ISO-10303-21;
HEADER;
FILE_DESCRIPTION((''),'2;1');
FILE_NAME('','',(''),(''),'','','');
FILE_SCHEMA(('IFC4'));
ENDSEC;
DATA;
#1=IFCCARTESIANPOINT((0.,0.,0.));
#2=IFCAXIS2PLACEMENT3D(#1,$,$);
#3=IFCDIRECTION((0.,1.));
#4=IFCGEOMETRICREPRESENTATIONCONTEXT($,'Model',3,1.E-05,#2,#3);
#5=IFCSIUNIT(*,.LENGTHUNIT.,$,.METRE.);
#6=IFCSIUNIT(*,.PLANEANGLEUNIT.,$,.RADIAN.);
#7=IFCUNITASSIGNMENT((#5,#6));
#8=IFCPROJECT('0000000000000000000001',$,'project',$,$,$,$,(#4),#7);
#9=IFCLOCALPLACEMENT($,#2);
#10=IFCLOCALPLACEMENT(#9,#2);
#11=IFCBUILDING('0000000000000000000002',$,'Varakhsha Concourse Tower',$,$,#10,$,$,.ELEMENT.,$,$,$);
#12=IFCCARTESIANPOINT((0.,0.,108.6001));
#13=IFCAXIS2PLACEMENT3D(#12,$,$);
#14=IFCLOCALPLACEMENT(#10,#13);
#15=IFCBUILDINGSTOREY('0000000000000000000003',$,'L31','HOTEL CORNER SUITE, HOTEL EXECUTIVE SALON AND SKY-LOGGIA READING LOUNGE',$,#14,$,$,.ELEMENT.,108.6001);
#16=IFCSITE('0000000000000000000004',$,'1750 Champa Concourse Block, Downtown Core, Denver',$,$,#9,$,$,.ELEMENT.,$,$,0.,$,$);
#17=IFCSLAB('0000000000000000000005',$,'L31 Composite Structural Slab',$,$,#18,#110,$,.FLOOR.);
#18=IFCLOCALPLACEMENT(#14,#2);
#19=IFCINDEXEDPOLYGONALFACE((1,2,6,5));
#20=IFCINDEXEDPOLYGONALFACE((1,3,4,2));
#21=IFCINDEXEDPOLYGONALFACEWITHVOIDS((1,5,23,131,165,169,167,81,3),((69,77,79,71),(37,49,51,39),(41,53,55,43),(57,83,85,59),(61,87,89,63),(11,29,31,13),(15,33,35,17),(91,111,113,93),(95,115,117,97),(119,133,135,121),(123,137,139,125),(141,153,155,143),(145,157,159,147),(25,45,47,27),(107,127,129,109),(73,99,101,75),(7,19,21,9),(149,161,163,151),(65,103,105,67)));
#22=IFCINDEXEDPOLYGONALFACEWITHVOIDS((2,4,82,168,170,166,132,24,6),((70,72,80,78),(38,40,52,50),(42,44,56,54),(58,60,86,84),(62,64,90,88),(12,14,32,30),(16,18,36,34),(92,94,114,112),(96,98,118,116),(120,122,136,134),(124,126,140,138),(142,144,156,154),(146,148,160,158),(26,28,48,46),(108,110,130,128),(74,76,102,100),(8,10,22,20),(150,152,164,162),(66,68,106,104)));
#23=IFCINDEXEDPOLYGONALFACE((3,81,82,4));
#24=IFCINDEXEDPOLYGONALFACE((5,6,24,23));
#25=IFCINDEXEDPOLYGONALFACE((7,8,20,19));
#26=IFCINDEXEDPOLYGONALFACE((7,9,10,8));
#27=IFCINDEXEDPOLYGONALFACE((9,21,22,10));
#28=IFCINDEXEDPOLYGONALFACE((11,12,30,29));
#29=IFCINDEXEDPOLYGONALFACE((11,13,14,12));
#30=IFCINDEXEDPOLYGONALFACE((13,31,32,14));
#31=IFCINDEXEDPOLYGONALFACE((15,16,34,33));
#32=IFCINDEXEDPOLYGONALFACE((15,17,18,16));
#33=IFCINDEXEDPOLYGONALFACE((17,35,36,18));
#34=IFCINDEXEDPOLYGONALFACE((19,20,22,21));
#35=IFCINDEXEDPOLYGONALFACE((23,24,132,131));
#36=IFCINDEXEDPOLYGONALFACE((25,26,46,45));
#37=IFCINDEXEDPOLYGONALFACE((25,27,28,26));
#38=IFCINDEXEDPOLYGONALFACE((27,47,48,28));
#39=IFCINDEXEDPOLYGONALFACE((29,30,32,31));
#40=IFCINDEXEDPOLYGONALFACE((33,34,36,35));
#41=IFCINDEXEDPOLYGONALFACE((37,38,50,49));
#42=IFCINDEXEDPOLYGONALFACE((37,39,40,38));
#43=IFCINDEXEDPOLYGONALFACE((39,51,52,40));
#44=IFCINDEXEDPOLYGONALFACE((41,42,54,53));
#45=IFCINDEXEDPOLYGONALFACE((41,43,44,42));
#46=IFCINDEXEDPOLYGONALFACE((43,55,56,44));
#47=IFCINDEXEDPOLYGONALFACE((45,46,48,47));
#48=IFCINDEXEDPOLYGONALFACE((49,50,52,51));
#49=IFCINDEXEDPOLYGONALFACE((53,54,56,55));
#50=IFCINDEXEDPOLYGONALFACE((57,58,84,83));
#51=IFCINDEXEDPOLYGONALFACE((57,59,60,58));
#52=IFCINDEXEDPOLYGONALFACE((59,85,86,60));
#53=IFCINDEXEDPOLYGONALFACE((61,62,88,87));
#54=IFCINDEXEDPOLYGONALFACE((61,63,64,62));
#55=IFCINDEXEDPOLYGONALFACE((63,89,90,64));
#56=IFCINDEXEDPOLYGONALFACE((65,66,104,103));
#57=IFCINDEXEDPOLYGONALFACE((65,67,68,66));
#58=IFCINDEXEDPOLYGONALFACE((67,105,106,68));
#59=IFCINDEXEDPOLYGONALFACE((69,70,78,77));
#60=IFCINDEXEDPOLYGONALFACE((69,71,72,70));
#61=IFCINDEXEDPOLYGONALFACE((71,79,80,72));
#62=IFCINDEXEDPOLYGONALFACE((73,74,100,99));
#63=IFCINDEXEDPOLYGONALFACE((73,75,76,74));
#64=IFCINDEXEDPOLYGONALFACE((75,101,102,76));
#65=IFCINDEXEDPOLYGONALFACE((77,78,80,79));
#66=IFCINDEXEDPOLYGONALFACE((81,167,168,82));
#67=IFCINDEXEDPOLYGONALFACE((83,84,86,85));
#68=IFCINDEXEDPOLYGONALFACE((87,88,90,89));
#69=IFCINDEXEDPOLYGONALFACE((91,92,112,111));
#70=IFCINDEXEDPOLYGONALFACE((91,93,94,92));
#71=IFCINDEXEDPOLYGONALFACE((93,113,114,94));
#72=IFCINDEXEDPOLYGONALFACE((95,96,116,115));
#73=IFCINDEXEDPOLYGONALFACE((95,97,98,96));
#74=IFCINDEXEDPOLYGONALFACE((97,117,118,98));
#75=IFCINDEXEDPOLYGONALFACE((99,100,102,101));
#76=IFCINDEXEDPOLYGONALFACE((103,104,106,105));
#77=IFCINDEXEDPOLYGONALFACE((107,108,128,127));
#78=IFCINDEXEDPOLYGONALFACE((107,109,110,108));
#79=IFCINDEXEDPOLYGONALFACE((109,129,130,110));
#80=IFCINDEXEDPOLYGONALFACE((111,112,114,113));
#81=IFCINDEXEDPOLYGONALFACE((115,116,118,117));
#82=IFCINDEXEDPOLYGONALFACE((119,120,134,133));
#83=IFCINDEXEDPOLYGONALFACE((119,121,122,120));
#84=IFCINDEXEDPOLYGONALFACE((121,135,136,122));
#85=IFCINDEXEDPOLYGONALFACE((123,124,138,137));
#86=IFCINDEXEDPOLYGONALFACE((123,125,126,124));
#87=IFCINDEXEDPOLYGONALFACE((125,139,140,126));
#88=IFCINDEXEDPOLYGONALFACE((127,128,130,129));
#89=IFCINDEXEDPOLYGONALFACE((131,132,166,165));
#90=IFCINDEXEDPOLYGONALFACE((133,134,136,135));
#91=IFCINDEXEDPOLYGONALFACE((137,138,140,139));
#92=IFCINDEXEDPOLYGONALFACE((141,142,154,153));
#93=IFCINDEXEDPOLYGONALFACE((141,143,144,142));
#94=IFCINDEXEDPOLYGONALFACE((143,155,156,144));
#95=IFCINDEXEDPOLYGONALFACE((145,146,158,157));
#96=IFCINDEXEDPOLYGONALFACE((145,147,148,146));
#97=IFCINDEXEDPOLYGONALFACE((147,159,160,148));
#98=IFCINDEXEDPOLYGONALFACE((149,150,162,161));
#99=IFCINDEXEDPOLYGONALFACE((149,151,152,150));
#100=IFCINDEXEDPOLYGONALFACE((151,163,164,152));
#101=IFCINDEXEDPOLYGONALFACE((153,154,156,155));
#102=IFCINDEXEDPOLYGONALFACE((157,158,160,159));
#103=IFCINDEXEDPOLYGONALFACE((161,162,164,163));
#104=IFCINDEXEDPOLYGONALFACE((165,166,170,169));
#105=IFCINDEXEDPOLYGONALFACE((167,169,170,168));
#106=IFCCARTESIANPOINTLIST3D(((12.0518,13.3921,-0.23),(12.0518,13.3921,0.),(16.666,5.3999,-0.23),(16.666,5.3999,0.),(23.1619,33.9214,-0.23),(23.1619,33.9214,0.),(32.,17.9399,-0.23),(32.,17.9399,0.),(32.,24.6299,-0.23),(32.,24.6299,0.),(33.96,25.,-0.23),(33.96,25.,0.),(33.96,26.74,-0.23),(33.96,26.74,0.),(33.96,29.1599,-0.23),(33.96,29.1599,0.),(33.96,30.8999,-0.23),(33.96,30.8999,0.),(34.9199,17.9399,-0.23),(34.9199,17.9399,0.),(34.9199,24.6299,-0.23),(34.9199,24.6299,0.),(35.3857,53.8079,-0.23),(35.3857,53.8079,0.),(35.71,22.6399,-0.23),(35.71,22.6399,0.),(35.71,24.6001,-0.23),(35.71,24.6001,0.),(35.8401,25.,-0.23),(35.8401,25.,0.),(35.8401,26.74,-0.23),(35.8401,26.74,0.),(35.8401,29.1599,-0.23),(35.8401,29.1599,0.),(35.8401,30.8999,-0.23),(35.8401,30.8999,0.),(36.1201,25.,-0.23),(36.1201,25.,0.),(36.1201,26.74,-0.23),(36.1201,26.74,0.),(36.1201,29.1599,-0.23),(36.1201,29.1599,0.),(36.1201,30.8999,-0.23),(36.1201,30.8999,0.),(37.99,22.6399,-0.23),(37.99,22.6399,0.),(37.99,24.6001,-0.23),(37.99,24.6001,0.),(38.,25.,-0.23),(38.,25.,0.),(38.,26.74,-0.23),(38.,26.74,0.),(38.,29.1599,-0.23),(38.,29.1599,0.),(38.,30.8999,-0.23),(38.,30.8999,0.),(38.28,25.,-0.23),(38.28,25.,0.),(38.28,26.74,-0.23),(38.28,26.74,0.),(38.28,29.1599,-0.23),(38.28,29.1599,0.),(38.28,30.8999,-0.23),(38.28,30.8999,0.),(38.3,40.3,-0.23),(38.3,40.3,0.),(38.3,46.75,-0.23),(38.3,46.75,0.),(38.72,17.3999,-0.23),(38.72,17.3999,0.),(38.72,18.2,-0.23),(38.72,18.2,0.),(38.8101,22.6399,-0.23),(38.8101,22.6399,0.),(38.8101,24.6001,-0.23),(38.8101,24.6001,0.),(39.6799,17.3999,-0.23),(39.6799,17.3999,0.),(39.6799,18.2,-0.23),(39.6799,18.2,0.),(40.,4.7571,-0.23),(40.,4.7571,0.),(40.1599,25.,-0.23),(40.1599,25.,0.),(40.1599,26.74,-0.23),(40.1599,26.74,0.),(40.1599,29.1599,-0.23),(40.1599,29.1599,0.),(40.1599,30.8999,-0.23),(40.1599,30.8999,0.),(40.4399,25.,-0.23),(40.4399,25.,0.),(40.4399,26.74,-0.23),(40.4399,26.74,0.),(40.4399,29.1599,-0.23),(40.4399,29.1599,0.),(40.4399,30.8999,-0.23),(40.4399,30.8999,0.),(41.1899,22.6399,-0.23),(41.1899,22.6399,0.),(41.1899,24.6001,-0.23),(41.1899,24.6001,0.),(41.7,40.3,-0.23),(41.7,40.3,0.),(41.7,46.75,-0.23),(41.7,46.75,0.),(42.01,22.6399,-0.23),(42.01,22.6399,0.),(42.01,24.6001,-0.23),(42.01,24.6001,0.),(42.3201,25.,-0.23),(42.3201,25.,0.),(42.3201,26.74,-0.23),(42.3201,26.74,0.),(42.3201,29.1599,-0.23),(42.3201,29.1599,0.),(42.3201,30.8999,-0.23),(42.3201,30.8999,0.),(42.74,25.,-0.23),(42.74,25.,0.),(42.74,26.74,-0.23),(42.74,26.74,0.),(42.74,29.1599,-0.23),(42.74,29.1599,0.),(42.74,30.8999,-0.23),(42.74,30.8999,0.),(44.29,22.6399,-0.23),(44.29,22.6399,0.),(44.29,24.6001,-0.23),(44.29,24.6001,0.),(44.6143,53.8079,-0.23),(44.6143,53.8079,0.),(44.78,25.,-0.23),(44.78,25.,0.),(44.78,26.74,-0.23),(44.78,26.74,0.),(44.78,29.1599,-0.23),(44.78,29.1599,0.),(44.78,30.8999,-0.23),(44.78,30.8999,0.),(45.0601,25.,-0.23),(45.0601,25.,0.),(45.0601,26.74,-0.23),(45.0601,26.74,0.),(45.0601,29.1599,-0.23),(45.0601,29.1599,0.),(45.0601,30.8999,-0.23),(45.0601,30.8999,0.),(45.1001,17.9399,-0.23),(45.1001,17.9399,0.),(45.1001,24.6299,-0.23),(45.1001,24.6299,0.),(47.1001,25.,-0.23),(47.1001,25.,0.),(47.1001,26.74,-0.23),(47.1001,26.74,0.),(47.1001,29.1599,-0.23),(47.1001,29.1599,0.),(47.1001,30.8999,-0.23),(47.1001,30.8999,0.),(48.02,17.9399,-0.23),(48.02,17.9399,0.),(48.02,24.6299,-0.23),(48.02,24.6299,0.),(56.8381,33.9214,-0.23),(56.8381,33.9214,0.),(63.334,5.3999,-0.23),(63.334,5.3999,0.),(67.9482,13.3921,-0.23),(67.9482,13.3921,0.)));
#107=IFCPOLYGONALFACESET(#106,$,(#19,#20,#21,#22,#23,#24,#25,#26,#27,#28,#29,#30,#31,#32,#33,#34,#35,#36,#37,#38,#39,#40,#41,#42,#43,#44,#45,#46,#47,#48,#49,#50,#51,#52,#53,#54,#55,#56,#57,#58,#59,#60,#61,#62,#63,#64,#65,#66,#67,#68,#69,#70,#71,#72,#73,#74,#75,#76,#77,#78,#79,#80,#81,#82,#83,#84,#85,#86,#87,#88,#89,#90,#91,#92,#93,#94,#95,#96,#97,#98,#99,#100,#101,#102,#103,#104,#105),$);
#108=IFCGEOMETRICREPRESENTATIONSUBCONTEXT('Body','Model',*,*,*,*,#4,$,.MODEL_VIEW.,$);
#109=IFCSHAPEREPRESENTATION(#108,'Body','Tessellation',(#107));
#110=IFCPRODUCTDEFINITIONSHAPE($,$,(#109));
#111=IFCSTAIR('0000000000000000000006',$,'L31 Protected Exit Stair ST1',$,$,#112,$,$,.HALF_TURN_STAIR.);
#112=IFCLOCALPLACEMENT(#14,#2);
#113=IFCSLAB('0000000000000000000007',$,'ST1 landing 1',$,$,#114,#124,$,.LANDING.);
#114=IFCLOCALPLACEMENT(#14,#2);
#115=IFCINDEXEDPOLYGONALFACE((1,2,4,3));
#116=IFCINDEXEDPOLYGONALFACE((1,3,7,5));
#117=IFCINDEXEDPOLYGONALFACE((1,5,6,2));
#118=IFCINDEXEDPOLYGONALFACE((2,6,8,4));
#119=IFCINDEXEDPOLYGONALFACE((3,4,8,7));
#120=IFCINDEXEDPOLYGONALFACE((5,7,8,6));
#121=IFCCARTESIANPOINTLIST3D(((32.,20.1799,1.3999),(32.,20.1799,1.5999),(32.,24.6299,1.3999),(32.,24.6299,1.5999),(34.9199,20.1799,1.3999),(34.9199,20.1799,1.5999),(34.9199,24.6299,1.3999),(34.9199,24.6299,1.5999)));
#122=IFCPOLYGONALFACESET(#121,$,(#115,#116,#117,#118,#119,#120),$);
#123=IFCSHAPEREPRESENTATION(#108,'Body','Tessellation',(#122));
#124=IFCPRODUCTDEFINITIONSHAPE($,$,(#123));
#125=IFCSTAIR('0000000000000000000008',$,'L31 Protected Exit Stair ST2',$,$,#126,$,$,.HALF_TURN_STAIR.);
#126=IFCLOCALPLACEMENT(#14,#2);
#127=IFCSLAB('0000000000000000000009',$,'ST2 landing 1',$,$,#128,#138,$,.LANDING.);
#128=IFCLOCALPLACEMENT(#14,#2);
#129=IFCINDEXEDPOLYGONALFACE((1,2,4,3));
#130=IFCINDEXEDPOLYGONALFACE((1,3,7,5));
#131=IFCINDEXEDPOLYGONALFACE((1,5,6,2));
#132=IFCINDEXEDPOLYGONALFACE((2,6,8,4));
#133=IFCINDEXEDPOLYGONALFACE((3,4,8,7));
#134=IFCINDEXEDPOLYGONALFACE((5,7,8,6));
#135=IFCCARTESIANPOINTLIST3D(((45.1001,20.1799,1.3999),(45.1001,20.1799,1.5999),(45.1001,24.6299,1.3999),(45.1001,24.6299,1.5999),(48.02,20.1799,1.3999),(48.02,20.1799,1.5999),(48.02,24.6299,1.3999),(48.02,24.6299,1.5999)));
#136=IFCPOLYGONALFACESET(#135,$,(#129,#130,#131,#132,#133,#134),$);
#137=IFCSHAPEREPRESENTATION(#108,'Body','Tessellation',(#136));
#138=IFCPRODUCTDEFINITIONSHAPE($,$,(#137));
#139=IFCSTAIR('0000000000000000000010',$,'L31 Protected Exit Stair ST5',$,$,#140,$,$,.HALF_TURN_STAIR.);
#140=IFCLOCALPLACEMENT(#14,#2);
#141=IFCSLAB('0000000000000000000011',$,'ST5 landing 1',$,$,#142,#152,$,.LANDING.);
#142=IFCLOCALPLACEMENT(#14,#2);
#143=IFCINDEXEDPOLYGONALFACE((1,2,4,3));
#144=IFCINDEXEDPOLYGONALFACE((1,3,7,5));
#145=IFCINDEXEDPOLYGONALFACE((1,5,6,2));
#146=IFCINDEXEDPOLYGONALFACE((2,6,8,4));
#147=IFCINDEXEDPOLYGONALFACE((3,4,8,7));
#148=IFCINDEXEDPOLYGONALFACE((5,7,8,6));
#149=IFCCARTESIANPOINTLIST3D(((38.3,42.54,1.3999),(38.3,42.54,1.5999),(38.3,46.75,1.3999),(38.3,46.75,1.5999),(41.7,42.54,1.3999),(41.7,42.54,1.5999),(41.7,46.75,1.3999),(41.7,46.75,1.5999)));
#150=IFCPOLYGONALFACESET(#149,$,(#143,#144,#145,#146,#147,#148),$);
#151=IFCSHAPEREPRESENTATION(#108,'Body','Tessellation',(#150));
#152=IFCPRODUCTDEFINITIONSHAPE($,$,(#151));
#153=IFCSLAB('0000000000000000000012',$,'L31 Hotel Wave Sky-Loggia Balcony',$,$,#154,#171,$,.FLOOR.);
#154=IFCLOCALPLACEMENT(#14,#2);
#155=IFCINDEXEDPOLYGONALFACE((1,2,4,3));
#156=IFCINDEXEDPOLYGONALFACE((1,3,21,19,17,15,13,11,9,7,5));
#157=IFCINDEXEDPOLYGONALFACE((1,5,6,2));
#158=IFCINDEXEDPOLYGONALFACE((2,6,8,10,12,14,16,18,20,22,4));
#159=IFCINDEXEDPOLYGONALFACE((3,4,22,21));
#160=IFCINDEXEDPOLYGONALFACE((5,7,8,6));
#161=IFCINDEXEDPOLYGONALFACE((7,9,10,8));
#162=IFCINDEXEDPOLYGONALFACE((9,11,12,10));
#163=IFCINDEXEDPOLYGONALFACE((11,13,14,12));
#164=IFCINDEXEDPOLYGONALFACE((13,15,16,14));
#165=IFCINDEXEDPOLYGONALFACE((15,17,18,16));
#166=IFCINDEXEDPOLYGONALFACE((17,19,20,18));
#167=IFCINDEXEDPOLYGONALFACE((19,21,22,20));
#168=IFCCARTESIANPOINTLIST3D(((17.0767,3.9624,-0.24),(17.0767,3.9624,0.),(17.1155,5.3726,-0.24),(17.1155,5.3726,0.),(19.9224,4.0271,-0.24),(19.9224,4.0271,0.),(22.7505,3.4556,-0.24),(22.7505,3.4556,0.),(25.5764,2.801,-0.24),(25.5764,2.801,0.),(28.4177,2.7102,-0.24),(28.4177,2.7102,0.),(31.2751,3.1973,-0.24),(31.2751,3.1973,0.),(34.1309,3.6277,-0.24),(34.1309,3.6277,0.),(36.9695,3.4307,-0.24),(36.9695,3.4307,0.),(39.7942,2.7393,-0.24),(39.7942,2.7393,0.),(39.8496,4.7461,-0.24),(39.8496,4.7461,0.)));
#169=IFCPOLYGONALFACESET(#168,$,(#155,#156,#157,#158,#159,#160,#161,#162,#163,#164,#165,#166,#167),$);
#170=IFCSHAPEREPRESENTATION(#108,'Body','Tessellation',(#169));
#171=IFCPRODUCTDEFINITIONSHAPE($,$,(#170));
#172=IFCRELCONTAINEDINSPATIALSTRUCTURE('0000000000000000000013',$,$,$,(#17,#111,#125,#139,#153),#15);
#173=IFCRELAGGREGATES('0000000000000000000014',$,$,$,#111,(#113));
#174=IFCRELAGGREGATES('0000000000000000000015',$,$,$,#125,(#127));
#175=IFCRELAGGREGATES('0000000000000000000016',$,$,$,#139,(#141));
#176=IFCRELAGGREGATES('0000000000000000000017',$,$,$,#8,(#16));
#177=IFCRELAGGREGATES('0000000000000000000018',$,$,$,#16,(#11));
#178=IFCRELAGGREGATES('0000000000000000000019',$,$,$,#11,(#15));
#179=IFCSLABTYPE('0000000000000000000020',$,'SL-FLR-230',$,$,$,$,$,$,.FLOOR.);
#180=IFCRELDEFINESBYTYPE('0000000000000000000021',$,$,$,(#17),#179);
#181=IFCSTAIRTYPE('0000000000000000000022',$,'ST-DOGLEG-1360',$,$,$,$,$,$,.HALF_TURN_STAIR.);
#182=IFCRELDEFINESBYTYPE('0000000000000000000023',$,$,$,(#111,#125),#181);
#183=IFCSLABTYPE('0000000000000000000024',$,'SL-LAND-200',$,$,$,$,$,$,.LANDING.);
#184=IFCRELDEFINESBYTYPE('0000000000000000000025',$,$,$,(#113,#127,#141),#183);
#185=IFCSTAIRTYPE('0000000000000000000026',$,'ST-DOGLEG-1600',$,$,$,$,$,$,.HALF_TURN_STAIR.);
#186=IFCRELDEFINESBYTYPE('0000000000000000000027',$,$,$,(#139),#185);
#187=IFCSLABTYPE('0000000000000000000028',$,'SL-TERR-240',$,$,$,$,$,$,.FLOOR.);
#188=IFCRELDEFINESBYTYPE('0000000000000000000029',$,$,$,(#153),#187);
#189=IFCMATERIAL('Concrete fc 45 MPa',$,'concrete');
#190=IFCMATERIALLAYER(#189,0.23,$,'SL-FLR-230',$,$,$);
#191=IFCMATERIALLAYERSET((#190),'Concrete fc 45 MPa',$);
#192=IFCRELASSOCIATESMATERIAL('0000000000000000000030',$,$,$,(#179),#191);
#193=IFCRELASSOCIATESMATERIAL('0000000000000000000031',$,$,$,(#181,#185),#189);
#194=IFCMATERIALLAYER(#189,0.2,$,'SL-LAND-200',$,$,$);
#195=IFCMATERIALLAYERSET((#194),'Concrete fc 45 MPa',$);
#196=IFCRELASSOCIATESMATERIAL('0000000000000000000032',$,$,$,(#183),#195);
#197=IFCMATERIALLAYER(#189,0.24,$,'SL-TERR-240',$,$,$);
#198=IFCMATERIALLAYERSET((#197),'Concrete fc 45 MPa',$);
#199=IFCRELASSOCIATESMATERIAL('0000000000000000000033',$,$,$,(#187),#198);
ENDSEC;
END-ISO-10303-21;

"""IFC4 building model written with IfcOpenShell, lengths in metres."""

from ifc_helpers import new_model, si_unit, direction, frame, origin, place, context, subcontext, project, spatial, polyline, outline, extrude, material, layer, layer_set, type_object, element, aggregate, save


model = new_model("IFC4")

# Units and contexts
model_context = context("Model", 3, precision=1e-05, world=origin(), true_north=direction((0.0, 1.0)))
body_context = subcontext(model_context, "Body", "Model", "MODEL_VIEW")
ifc_project = project(units=[si_unit("LENGTHUNIT", "METRE"), si_unit("PLANEANGLEUNIT", "RADIAN")], contexts=[model_context])

# Site, building, storey
site_placement = place(None, origin())
site = spatial("IfcSite", under=ifc_project, at=site_placement, Name="1750 Champa Concourse Block, Downtown Core, Denver", CompositionType="ELEMENT", RefElevation=0.0)
building_placement = place(site_placement, origin())
building = spatial("IfcBuilding", under=site, at=building_placement, Name="Varakhsha Concourse Tower", CompositionType="ELEMENT")
storey_placement = place(building_placement, frame((0.0, 0.0, 108.6001)))
storey = spatial("IfcBuildingStorey", under=building, at=storey_placement, Name="L31", Description="HOTEL CORNER SUITE, HOTEL EXECUTIVE SALON AND SKY-LOGGIA READING LOUNGE", CompositionType="ELEMENT", Elevation=108.6001)

# Slab
ifc_material_1 = material(Name="Concrete fc 45 MPa", Category="concrete")
ifc_layer_1 = layer(ifc_material_1, 0.23, Name="SL-FLR-230")
ifc_layer_set_1 = layer_set([ifc_layer_1], Name="Concrete fc 45 MPa")
slab_type_1 = type_object("IfcSlabType", Name="SL-FLR-230", PredefinedType="FLOOR", material=ifc_layer_set_1)
slab_1_placement = place(storey_placement, frame((0.0, 0.0, -0.23)))
element("IfcSlab", 1, at=slab_1_placement, inside=storey, type_object=slab_type_1, Name="L31 Composite Structural Slab", PredefinedType="FLOOR", context=body_context, shape_type="SweptSolid", body=[
    extrude(outline(polyline([(44.6143, 53.8079), (35.3857, 53.8079), (23.1619, 33.9214), (12.0518, 13.3921), (16.666, 5.3999), (40.0, 4.7571), (63.334, 5.3999), (67.9482, 13.3921), (56.8381, 33.9214), (44.6143, 53.8079)]), holes=[polyline([(34.9199, 17.9399), (34.9199, 24.6299), (32.0, 24.6299), (32.0, 17.9399), (34.9199, 17.9399)]), polyline([(48.02, 17.9399), (48.02, 24.6299), (45.1001, 24.6299), (45.1001, 17.9399), (48.02, 17.9399)]), polyline([(41.7, 40.3), (41.7, 46.75), (38.3, 46.75), (38.3, 40.3), (41.7, 40.3)]), polyline([(33.96, 29.1599), (35.8401, 29.1599), (35.8401, 30.8999), (33.96, 30.8999), (33.96, 29.1599)]), polyline([(36.1201, 29.1599), (38.0, 29.1599), (38.0, 30.8999), (36.1201, 30.8999), (36.1201, 29.1599)]), polyline([(38.28, 29.1599), (40.1599, 29.1599), (40.1599, 30.8999), (38.28, 30.8999), (38.28, 29.1599)]), polyline([(40.4399, 29.1599), (42.3201, 29.1599), (42.3201, 30.8999), (40.4399, 30.8999), (40.4399, 29.1599)]), polyline([(33.96, 25.0), (35.8401, 25.0), (35.8401, 26.74), (33.96, 26.74), (33.96, 25.0)]), polyline([(36.1201, 25.0), (38.0, 25.0), (38.0, 26.74), (36.1201, 26.74), (36.1201, 25.0)]), polyline([(38.28, 25.0), (40.1599, 25.0), (40.1599, 26.74), (38.28, 26.74), (38.28, 25.0)]), polyline([(40.4399, 25.0), (42.3201, 25.0), (42.3201, 26.74), (40.4399, 26.74), (40.4399, 25.0)]), polyline([(42.74, 29.1599), (44.78, 29.1599), (44.78, 30.8999), (42.74, 30.8999), (42.74, 29.1599)]), polyline([(45.0601, 29.1599), (47.1001, 29.1599), (47.1001, 30.8999), (45.0601, 30.8999), (45.0601, 29.1599)]), polyline([(42.74, 25.0), (44.78, 25.0), (44.78, 26.74), (42.74, 26.74), (42.74, 25.0)]), polyline([(45.0601, 25.0), (47.1001, 25.0), (47.1001, 26.74), (45.0601, 26.74), (45.0601, 25.0)]), polyline([(35.71, 22.6399), (37.99, 22.6399), (37.99, 24.6001), (35.71, 24.6001), (35.71, 22.6399)]), polyline([(42.01, 22.6399), (44.29, 22.6399), (44.29, 24.6001), (42.01, 24.6001), (42.01, 22.6399)]), polyline([(38.8101, 22.6399), (41.1899, 22.6399), (41.1899, 24.6001), (38.8101, 24.6001), (38.8101, 22.6399)]), polyline([(38.72, 17.3999), (39.6799, 17.3999), (39.6799, 18.2), (38.72, 18.2), (38.72, 17.3999)])]), origin(), (0.0, 0.0, 1.0), 0.23),
])

# Stairs, slabs
stair_type_1 = type_object("IfcStairType", Name="ST-DOGLEG-1360", PredefinedType="HALF_TURN_STAIR", material=ifc_material_1)
stair_1_placement = place(storey_placement, origin())
stair_1 = element("IfcStair", 2, at=stair_1_placement, inside=storey, type_object=stair_type_1, Name="L31 Protected Exit Stair ST1", PredefinedType="HALF_TURN_STAIR")
ifc_layer_2 = layer(ifc_material_1, 0.2, Name="SL-LAND-200")
ifc_layer_set_2 = layer_set([ifc_layer_2], Name="Concrete fc 45 MPa")
slab_type_2 = type_object("IfcSlabType", Name="SL-LAND-200", PredefinedType="LANDING", material=ifc_layer_set_2)
slab_2_placement = place(storey_placement, frame((0.0, 0.0, 1.3999)))
slab_2 = element("IfcSlab", 3, at=slab_2_placement, type_object=slab_type_2, Name="ST1 landing 1", PredefinedType="LANDING", context=body_context, shape_type="SweptSolid", body=[
    extrude(outline(polyline([(34.9199, 20.1799), (34.9199, 24.6299), (32.0, 24.6299), (32.0, 20.1799), (34.9199, 20.1799)])), origin(), (0.0, 0.0, 1.0), 0.2),
])
aggregate(stair_1, [slab_2])
stair_2_placement = place(storey_placement, origin())
stair_2 = element("IfcStair", 4, at=stair_2_placement, inside=storey, type_object=stair_type_1, Name="L31 Protected Exit Stair ST2", PredefinedType="HALF_TURN_STAIR")
slab_3_placement = place(storey_placement, frame((0.0, 0.0, 1.3999)))
slab_3 = element("IfcSlab", 5, at=slab_3_placement, type_object=slab_type_2, Name="ST2 landing 1", PredefinedType="LANDING", context=body_context, shape_type="SweptSolid", body=[
    extrude(outline(polyline([(48.02, 20.1799), (48.02, 24.6299), (45.1001, 24.6299), (45.1001, 20.1799), (48.02, 20.1799)])), origin(), (0.0, 0.0, 1.0), 0.2),
])
aggregate(stair_2, [slab_3])
stair_type_2 = type_object("IfcStairType", Name="ST-DOGLEG-1600", PredefinedType="HALF_TURN_STAIR", material=ifc_material_1)
stair_3_placement = place(storey_placement, origin())
stair_3 = element("IfcStair", 6, at=stair_3_placement, inside=storey, type_object=stair_type_2, Name="L31 Protected Exit Stair ST5", PredefinedType="HALF_TURN_STAIR")
slab_4_placement = place(storey_placement, frame((0.0, 0.0, 1.3999)))
slab_4 = element("IfcSlab", 7, at=slab_4_placement, type_object=slab_type_2, Name="ST5 landing 1", PredefinedType="LANDING", context=body_context, shape_type="SweptSolid", body=[
    extrude(outline(polyline([(41.7, 42.54), (41.7, 46.75), (38.3, 46.75), (38.3, 42.54), (41.7, 42.54)])), origin(), (0.0, 0.0, 1.0), 0.2),
])
aggregate(stair_3, [slab_4])

# Slab
ifc_layer_3 = layer(ifc_material_1, 0.24, Name="SL-TERR-240")
ifc_layer_set_3 = layer_set([ifc_layer_3], Name="Concrete fc 45 MPa")
slab_type_3 = type_object("IfcSlabType", Name="SL-TERR-240", PredefinedType="FLOOR", material=ifc_layer_set_3)
slab_5_placement = place(storey_placement, frame((0.0, 0.0, -0.24)))
element("IfcSlab", 8, at=slab_5_placement, inside=storey, type_object=slab_type_3, Name="L31 Hotel Wave Sky-Loggia Balcony", PredefinedType="FLOOR", context=body_context, shape_type="SweptSolid", body=[
    extrude(outline(polyline([(17.1155, 5.3726), (39.8496, 4.7461), (39.7942, 2.7393), (36.9695, 3.4307), (34.1309, 3.6277), (31.2751, 3.1973), (28.4177, 2.7102), (25.5764, 2.801), (22.7505, 3.4556), (19.9224, 4.0271), (17.0767, 3.9624), (17.1155, 5.3726)])), origin(), (0.0, 0.0, 1.0), 0.24),
])

save(model, "model.ifc")
